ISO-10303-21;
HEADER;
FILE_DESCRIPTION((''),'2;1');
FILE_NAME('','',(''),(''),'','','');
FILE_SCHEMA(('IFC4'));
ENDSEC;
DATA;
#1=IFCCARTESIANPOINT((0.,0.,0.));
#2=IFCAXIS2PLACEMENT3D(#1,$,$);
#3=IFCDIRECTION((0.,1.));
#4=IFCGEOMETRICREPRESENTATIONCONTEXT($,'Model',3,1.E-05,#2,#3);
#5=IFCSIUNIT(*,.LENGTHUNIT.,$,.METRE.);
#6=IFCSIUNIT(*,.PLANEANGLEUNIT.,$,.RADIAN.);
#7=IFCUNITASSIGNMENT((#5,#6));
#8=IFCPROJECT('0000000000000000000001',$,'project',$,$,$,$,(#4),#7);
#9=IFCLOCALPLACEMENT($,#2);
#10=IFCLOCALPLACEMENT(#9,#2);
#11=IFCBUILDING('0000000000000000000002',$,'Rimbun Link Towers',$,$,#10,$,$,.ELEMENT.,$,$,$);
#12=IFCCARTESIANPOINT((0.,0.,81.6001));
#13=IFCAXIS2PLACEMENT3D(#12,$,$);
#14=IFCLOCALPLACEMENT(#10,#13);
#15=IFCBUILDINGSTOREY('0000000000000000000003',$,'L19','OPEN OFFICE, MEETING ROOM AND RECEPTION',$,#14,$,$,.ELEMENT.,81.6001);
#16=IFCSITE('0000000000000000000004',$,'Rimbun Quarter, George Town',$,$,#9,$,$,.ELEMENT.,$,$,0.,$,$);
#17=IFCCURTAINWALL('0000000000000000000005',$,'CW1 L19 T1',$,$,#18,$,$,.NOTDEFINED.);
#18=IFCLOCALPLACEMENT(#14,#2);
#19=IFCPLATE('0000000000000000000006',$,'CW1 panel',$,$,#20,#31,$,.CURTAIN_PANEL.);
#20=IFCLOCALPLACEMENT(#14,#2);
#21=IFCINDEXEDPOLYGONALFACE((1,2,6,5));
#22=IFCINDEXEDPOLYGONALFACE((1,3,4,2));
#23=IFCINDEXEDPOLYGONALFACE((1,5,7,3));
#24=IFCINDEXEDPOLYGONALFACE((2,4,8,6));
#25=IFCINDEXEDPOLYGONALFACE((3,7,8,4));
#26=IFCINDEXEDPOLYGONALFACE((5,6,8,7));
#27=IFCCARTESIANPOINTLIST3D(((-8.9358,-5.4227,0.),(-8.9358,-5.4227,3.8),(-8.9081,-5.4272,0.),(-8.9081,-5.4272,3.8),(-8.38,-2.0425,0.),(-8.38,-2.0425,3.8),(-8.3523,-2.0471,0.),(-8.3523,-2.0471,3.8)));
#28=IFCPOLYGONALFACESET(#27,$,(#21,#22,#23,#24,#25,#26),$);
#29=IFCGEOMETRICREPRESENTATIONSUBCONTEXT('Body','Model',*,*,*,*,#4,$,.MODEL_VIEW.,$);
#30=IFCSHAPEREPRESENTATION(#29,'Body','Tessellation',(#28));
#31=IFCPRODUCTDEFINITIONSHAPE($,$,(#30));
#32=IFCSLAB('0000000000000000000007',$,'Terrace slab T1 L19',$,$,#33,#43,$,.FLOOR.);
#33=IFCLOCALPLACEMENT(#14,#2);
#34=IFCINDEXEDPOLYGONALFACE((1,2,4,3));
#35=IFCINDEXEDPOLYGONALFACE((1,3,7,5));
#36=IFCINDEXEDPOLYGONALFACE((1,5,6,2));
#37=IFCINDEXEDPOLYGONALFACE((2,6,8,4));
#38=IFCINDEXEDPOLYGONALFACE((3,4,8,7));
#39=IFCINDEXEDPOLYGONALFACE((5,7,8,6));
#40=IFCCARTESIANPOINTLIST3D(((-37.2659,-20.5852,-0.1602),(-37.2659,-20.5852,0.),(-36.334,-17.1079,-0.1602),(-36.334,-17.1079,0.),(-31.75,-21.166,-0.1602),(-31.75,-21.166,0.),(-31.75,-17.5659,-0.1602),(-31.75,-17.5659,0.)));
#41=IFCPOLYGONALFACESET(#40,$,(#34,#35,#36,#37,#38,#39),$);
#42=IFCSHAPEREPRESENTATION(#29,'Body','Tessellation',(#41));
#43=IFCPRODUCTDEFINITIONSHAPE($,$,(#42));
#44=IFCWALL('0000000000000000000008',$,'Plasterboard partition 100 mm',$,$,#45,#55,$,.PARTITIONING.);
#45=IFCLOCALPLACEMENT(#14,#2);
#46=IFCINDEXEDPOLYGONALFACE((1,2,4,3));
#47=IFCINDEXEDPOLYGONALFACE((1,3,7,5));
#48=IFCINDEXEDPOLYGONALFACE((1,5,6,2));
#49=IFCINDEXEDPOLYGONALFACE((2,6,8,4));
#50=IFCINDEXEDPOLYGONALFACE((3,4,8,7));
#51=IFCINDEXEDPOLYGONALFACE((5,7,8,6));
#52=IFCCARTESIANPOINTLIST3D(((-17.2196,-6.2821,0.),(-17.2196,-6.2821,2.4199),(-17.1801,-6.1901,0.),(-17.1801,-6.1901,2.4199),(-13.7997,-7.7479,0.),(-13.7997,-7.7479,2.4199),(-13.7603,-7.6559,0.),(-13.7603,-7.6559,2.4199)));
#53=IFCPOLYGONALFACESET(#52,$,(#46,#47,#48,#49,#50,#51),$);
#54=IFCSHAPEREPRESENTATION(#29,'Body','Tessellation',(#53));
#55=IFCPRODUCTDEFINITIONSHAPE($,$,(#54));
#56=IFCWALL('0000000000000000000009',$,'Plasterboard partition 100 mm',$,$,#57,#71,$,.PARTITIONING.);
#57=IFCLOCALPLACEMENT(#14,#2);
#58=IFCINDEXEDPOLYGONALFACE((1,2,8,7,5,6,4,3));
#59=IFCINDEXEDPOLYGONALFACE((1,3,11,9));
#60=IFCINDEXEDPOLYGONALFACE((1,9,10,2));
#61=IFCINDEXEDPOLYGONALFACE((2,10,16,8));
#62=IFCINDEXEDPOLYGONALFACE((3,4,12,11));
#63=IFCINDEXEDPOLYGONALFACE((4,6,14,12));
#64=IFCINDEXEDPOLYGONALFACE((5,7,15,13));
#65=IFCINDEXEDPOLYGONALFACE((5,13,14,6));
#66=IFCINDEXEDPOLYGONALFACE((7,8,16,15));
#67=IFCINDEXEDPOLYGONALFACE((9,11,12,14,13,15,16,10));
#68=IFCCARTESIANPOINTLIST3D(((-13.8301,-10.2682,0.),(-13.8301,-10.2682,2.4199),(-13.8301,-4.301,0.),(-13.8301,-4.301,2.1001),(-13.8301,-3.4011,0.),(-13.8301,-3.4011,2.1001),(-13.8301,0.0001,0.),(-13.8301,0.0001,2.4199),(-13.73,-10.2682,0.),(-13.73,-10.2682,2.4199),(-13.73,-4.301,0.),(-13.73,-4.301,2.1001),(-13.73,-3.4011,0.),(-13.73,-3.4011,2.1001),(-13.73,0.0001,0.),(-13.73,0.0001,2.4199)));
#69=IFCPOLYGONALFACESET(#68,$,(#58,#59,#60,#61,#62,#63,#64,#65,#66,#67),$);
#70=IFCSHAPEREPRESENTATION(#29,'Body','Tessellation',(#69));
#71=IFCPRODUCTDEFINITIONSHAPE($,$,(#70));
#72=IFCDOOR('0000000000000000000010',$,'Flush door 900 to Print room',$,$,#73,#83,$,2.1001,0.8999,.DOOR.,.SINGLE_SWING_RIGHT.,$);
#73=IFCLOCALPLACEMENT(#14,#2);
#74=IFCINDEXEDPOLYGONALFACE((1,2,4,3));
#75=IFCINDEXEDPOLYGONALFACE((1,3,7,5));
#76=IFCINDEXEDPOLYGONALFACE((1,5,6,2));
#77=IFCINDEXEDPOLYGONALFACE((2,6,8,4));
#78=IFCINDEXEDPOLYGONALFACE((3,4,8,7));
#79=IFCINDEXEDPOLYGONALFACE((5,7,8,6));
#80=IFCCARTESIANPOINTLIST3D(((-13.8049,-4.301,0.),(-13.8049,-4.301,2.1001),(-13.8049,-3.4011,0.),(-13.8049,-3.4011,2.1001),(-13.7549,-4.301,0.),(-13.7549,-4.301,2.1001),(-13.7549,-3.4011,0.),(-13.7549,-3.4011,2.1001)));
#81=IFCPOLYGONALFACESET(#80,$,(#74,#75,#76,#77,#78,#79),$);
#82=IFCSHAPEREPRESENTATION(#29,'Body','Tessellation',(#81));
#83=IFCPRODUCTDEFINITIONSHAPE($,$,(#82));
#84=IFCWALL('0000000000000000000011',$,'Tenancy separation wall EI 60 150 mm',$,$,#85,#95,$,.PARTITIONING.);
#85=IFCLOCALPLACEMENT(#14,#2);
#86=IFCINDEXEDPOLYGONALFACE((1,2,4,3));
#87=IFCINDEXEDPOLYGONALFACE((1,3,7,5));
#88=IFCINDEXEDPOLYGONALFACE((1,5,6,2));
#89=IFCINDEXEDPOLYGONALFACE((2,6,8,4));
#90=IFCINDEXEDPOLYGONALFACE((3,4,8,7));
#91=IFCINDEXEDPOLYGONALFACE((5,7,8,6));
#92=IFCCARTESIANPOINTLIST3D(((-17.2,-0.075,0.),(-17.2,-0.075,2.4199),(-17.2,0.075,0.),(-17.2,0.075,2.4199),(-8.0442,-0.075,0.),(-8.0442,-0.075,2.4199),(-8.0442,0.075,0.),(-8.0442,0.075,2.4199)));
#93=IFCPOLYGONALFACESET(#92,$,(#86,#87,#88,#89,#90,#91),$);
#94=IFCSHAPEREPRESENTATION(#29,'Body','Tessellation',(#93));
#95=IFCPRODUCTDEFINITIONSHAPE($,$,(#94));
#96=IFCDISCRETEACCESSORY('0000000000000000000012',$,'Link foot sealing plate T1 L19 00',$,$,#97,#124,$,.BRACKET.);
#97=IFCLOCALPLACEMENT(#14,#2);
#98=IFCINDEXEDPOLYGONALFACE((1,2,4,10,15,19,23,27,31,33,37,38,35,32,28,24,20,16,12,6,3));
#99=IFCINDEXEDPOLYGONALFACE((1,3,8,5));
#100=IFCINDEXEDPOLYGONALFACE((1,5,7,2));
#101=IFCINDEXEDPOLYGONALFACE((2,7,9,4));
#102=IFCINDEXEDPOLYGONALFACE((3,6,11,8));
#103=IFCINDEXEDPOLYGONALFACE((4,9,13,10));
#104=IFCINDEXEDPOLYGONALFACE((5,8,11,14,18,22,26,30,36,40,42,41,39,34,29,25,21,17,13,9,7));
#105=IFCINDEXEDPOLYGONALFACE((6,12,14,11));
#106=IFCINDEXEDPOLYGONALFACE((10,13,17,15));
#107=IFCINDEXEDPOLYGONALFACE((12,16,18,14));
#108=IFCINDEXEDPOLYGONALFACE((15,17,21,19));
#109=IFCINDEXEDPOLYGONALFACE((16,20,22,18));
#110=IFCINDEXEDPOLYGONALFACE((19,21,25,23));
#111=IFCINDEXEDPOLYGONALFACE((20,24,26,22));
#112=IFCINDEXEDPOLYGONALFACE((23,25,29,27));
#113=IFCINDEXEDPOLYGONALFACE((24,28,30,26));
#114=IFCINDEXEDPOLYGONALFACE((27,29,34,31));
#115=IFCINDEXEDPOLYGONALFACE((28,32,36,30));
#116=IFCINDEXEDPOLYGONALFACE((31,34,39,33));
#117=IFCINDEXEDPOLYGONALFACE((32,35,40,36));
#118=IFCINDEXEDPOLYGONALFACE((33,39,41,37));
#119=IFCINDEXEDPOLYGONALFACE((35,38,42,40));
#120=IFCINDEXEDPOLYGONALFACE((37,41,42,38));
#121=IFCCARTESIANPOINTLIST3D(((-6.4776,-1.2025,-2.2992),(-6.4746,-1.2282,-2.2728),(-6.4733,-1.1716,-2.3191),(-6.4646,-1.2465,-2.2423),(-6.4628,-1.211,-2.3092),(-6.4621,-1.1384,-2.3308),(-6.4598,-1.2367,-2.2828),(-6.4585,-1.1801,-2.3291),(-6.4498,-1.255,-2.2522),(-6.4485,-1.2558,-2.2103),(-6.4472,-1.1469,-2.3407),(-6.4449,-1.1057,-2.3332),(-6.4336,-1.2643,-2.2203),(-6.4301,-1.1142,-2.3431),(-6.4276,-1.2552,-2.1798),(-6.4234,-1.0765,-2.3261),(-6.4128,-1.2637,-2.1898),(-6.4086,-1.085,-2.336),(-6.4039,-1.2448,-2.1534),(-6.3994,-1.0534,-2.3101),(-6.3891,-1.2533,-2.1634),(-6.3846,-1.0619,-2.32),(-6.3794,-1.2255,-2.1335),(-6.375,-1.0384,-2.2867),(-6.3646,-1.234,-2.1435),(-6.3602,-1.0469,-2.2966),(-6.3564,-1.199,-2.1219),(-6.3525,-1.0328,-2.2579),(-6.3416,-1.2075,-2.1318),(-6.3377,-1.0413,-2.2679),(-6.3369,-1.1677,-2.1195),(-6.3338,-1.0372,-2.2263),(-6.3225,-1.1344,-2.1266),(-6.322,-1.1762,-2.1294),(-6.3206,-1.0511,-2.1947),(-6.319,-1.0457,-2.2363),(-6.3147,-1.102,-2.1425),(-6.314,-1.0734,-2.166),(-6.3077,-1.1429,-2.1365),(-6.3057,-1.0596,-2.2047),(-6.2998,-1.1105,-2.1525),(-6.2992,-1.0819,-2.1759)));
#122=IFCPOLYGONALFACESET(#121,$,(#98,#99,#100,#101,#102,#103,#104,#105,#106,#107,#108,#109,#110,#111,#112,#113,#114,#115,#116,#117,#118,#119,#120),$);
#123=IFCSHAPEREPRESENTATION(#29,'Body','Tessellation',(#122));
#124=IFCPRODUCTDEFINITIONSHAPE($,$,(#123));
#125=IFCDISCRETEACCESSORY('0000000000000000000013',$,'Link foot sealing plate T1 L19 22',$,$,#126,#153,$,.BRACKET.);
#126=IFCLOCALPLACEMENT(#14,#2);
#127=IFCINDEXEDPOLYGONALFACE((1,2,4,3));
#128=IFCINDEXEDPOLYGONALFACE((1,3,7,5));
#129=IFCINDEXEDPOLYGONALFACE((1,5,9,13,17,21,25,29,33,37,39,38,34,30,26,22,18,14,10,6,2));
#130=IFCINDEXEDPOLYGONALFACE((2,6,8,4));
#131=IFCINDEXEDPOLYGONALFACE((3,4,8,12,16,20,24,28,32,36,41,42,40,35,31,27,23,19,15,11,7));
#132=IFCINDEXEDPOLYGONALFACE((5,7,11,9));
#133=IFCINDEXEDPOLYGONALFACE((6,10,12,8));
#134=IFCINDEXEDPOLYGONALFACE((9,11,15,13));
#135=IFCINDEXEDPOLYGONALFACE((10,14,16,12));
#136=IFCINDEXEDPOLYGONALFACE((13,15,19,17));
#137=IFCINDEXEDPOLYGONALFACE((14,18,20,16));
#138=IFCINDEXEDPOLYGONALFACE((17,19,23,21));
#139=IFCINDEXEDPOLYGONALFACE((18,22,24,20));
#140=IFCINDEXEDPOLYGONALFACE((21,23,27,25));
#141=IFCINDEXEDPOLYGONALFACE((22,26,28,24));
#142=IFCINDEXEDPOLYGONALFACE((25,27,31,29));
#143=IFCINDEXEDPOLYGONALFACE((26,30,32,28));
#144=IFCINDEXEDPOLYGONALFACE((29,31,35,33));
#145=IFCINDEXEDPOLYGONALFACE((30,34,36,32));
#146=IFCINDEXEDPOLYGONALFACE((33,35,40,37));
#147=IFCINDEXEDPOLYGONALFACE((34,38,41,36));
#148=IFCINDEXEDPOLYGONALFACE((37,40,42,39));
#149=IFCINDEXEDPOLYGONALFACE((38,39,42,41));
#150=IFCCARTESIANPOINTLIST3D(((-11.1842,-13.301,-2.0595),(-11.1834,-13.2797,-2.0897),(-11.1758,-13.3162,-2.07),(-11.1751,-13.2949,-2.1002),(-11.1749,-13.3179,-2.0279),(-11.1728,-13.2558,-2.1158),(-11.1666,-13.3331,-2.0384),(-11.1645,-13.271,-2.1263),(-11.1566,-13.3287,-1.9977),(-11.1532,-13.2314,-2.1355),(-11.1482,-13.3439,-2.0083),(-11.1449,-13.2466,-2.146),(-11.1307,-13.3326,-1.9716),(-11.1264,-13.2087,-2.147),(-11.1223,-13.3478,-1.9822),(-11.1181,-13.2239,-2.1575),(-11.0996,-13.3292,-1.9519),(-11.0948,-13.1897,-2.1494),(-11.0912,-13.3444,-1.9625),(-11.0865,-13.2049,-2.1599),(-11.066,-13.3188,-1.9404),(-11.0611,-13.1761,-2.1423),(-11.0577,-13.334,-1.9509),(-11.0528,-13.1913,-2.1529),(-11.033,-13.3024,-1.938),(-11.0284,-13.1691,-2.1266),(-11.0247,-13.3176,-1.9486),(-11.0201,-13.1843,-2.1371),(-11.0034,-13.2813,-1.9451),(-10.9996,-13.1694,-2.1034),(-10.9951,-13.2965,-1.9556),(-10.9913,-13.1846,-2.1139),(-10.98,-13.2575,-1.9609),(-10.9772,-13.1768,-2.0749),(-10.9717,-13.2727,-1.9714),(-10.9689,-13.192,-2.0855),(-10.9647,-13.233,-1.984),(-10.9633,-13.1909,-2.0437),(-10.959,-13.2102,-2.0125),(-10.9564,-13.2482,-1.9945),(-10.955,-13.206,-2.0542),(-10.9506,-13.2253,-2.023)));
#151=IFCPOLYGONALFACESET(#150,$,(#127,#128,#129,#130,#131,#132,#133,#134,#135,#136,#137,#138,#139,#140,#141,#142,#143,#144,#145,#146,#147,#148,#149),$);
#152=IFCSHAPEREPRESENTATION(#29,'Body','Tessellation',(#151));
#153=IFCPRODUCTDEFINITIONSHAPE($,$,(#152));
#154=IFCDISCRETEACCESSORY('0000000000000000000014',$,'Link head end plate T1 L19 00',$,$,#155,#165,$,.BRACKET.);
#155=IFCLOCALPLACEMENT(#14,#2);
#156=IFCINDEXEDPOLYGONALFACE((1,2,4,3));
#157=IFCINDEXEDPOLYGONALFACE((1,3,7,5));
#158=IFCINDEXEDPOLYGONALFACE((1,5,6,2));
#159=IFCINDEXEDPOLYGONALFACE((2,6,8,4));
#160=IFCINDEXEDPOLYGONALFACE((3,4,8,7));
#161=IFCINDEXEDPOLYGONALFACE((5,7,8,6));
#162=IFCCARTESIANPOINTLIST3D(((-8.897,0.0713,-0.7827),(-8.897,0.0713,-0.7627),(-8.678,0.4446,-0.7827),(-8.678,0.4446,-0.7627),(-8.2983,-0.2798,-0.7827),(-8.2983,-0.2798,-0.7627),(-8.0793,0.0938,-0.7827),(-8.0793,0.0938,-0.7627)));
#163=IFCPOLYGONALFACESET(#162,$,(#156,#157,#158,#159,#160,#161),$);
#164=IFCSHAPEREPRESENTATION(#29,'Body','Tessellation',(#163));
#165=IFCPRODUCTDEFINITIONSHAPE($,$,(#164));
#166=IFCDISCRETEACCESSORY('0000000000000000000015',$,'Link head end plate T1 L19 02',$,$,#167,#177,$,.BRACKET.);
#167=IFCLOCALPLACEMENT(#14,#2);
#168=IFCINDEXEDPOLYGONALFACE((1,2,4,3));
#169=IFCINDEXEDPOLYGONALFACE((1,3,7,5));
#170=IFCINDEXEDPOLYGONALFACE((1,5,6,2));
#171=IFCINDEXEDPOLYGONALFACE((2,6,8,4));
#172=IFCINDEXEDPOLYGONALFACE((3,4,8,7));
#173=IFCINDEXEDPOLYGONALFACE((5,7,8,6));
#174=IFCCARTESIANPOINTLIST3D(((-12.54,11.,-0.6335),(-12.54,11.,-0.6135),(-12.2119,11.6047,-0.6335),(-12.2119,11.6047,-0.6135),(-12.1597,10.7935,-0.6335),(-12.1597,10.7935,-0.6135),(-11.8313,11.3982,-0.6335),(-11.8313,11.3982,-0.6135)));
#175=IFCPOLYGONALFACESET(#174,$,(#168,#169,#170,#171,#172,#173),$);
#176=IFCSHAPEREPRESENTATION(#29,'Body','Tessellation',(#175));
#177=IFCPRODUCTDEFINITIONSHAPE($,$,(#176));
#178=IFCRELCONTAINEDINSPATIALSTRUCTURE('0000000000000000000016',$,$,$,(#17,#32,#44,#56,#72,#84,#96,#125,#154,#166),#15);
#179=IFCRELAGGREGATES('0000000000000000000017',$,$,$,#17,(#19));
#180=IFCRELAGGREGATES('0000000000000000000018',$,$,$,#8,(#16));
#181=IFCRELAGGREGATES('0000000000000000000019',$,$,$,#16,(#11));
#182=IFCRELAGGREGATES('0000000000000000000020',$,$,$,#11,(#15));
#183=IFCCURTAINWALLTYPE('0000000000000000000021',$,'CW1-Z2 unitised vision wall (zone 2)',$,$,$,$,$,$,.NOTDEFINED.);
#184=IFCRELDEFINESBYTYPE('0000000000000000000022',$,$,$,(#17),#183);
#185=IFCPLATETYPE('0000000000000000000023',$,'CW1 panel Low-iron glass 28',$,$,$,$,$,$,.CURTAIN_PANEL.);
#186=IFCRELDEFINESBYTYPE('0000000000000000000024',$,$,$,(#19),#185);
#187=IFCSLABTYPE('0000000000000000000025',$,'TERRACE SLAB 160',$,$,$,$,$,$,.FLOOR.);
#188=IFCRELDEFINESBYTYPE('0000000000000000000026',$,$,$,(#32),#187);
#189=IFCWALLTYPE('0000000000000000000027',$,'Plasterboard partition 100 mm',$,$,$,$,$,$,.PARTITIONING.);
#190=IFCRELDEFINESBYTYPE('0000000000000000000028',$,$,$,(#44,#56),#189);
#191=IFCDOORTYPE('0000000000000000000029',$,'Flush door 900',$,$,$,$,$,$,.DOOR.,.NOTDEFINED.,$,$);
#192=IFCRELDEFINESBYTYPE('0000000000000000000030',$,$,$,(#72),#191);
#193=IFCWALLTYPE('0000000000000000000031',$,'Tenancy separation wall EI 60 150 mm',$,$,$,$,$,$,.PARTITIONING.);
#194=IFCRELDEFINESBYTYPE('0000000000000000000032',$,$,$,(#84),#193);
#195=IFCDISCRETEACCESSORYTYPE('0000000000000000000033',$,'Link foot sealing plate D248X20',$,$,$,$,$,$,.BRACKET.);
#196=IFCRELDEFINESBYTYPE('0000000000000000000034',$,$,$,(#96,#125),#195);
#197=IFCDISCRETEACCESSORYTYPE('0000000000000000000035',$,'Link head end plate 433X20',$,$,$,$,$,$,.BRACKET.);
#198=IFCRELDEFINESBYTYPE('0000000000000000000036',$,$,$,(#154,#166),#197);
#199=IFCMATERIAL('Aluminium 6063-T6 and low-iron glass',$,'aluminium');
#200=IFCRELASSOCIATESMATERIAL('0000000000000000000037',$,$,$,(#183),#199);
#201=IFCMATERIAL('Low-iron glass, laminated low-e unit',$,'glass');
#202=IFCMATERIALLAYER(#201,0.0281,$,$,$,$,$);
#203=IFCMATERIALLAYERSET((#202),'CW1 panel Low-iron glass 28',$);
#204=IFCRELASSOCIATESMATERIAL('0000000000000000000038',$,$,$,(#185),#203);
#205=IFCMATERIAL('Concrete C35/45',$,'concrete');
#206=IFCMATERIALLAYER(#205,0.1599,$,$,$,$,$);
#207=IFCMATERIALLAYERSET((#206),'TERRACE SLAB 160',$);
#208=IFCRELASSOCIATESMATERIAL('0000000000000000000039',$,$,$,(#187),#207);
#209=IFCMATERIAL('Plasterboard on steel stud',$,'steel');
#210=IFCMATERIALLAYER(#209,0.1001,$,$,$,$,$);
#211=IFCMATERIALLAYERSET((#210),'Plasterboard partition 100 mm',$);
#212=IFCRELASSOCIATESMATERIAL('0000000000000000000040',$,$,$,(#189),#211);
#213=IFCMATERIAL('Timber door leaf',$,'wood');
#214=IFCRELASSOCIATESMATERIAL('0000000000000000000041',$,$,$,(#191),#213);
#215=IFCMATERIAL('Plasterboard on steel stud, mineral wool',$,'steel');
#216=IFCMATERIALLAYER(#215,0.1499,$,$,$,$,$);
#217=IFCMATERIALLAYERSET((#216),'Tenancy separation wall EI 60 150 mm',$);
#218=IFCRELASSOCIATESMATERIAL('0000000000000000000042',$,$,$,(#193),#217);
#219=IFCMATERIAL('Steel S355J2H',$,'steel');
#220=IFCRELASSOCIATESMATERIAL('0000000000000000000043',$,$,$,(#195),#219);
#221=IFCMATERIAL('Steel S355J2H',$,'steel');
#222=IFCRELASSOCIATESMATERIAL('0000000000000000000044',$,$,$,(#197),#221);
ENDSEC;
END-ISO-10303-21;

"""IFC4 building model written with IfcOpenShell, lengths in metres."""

from ifc_helpers import new_model, si_unit, direction, frame, frame_2d, origin, origin_2d, place, context, subcontext, project, spatial, polyline, rectangle, circle, outline, extrude, material, layer, layer_set, material_profile, profile_set, type_object, element, fill, aggregate, save


model = new_model("IFC4")

# Units and contexts
model_context = context("Model", 3, precision=1e-05, world=origin(), true_north=direction((0.0, 1.0)))
body_context = subcontext(model_context, "Body", "Model", "MODEL_VIEW")
ifc_project = project(units=[si_unit("LENGTHUNIT", "METRE"), si_unit("PLANEANGLEUNIT", "RADIAN")], contexts=[model_context])

# Site, building, storey
site_placement = place(None, origin())
site = spatial("IfcSite", under=ifc_project, at=site_placement, Name="Rimbun Quarter, George Town", CompositionType="ELEMENT", RefElevation=0.0)
building_placement = place(site_placement, origin())
building = spatial("IfcBuilding", under=site, at=building_placement, Name="Rimbun Link Towers", CompositionType="ELEMENT")
storey_placement = place(building_placement, frame((0.0, 0.0, 81.6001)))
storey = spatial("IfcBuildingStorey", under=building, at=storey_placement, Name="L19", Description="OPEN OFFICE, MEETING ROOM AND RECEPTION", CompositionType="ELEMENT", Elevation=81.6001)

# Curtain wall
ifc_material_1 = material(Name="Aluminium 6063-T6 and low-iron glass", Category="aluminium")
curtain_wall_type = type_object("IfcCurtainWallType", Name="CW1-Z2 unitised vision wall (zone 2)", PredefinedType="NOTDEFINED", material=ifc_material_1)
curtain_wall_placement = place(storey_placement, origin())
curtain_wall = element("IfcCurtainWall", 1, at=curtain_wall_placement, inside=storey, type_object=curtain_wall_type, Name="CW1 L19 T1", PredefinedType="NOTDEFINED")

# Plate
ifc_material_2 = material(Name="Low-iron glass, laminated low-e unit", Category="glass")
ifc_layer_1 = layer(ifc_material_2, 0.0281)
ifc_layer_set_1 = layer_set([ifc_layer_1], Name="CW1 panel Low-iron glass 28")
plate_type = type_object("IfcPlateType", Name="CW1 panel Low-iron glass 28", PredefinedType="CURTAIN_PANEL", material=ifc_layer_set_1)
plate_1_placement = place(storey_placement, frame((-8.644, -3.7349, 0.0), z_axis=(0.0, 0.0, 1.0), x_axis=(-0.162255, -0.986749, 0.0)))
plate_1 = element("IfcPlate", 2, at=plate_1_placement, type_object=plate_type, Name="CW1 panel", PredefinedType="CURTAIN_PANEL", context=body_context, shape_type="SweptSolid", body=[
    extrude(rectangle(XDim=3.4255, YDim=0.0281, at=origin_2d()), origin(), (0.0, 0.0, 1.0), 3.8),
])
aggregate(curtain_wall, [plate_1])

# Slab
ifc_material_3 = material(Name="Concrete C35/45", Category="concrete")
ifc_layer_2 = layer(ifc_material_3, 0.1599)
ifc_layer_set_2 = layer_set([ifc_layer_2], Name="TERRACE SLAB 160")
slab_type_1 = type_object("IfcSlabType", Name="TERRACE SLAB 160", PredefinedType="FLOOR", material=ifc_layer_set_2)
slab_1_placement = place(storey_placement, frame((0.0, 0.0, -0.1602)))
element("IfcSlab", 3, at=slab_1_placement, inside=storey, type_object=slab_type_1, Name="Terrace slab T1 L19", PredefinedType="FLOOR", context=body_context, shape_type="SweptSolid", body=[
    extrude(outline(polyline([(-36.334, -17.1079), (-31.75, -17.5659), (-31.75, -21.166), (-37.2659, -20.5852), (-36.334, -17.1079)])), origin(), (0.0, 0.0, 1.0), 0.1602),
])

# Wall
ifc_material_4 = material(Name="Plasterboard on steel stud", Category="steel")
ifc_layer_3 = layer(ifc_material_4, 0.1001)
ifc_layer_set_3 = layer_set([ifc_layer_3], Name="Plasterboard partition 100 mm")
wall_type_1 = type_object("IfcWallType", Name="Plasterboard partition 100 mm", PredefinedType="PARTITIONING", material=ifc_layer_set_3)
wall_1_placement = place(storey_placement, frame((-13.78, -7.7019, 0.0), z_axis=(0.0, 0.0, 1.0), x_axis=(-0.919131, 0.393951, 0.0)))
element("IfcWall", 4, at=wall_1_placement, inside=storey, type_object=wall_type_1, Name="Plasterboard partition 100 mm", PredefinedType="PARTITIONING", context=body_context, shape_type="SweptSolid", body=[
    extrude(rectangle(XDim=3.7207, YDim=0.1001, at=frame_2d((1.8604, 0.0))), origin(), (0.0, 0.0, 1.0), 2.4199),
])

# Wall, opening, door
wall_2_placement = place(storey_placement, frame((-13.78, -10.2683, 0.0), z_axis=(0.0, 0.0, 1.0), x_axis=(0.0, 1.0, 0.0)))
wall_2 = element("IfcWall", 5, at=wall_2_placement, inside=storey, type_object=wall_type_1, Name="Plasterboard partition 100 mm", PredefinedType="PARTITIONING", context=body_context, shape_type="SweptSolid", body=[
    extrude(rectangle(XDim=10.2683, YDim=0.1001, at=frame_2d((5.1343, 0.0))), origin(), (0.0, 0.0, 1.0), 2.4199),
])
opening_placement = place(wall_2_placement, frame((5.9673, 0.0, 0.0)))
opening = element("IfcOpeningElement", 6, at=opening_placement, cuts=wall_2, PredefinedType="OPENING", context=body_context, shape_type="SweptSolid", body=[
    extrude(rectangle(XDim=0.8999, YDim=2.1001, at=frame_2d((0.45, 1.05))), frame((0.0, 0.0601, 0.0), z_axis=(0.0, -1.0, 0.0), x_axis=(1.0, 0.0, 0.0)), (0.0, 0.0, 1.0), 0.1201),
])
ifc_material_5 = material(Name="Timber door leaf", Category="wood")
door_type = type_object("IfcDoorType", Name="Flush door 900", OperationType="NOTDEFINED", PredefinedType="DOOR", material=ifc_material_5)
door_placement = place(opening_placement, origin())
door = element("IfcDoor", 7, at=door_placement, inside=storey, type_object=door_type, Name="Flush door 900 to Print room", OperationType="SINGLE_SWING_RIGHT", OverallHeight=2.1001, OverallWidth=0.8999, PredefinedType="DOOR", context=body_context, shape_type="SweptSolid", body=[
    extrude(rectangle(XDim=0.8999, YDim=2.1001, at=frame_2d((0.45, 1.05))), frame((0.0, 0.0249, 0.0), z_axis=(0.0, -1.0, 0.0), x_axis=(1.0, 0.0, 0.0)), (0.0, 0.0, 1.0), 0.05),
])
fill(opening, door)

# Wall
ifc_material_6 = material(Name="Plasterboard on steel stud, mineral wool", Category="steel")
ifc_layer_4 = layer(ifc_material_6, 0.1499)
ifc_layer_set_4 = layer_set([ifc_layer_4], Name="Tenancy separation wall EI 60 150 mm")
wall_type_2 = type_object("IfcWallType", Name="Tenancy separation wall EI 60 150 mm", PredefinedType="PARTITIONING", material=ifc_layer_set_4)
wall_3_placement = place(storey_placement, frame((-17.2, 0.0, 0.0), z_axis=(0.0, 0.0, 1.0), x_axis=(1.0, 0.0, 0.0)))
element("IfcWall", 8, at=wall_3_placement, inside=storey, type_object=wall_type_2, Name="Tenancy separation wall EI 60 150 mm", PredefinedType="PARTITIONING", context=body_context, shape_type="SweptSolid", body=[
    extrude(rectangle(XDim=9.1558, YDim=0.1499, at=frame_2d((4.5779, 0.0))), origin(), (0.0, 0.0, 1.0), 2.4199),
])

# Discrete accessories
ifc_material_7 = material(Name="Steel S355J2H", Category="steel")
ifc_material_profile_1 = material_profile(ifc_material_7, circle(Radius=0.124, at=origin_2d()), Name="PL D248")
ifc_profile_set_1 = profile_set([ifc_material_profile_1], Name="Steel S355J2H")
discrete_accessory_type_1 = type_object("IfcDiscreteAccessoryType", Name="Link foot sealing plate D248X20", PredefinedType="BRACKET", material=ifc_profile_set_1)
discrete_accessory_1_placement = place(storey_placement, frame((-6.3955, -1.1448, -2.2263), z_axis=(0.749327, -0.429942, -0.503646), x_axis=(0.497669, 0.867367, 0.0)))
element("IfcDiscreteAccessory", 9, at=discrete_accessory_1_placement, inside=storey, type_object=discrete_accessory_type_1, Name="Link foot sealing plate T1 L19 00", PredefinedType="BRACKET", context=body_context, shape_type="SweptSolid", body=[
    extrude(circle(Radius=0.124, at=origin_2d()), origin(), (0.0, 0.0, 1.0), 0.0198),
])
discrete_accessory_2_placement = place(storey_placement, frame((-11.072, -13.2505, -2.0437), z_axis=(0.410833, -0.749166, -0.519583), x_axis=(0.876812, 0.480833, 0.0)))
element("IfcDiscreteAccessory", 10, at=discrete_accessory_2_placement, inside=storey, type_object=discrete_accessory_type_1, Name="Link foot sealing plate T1 L19 22", PredefinedType="BRACKET", context=body_context, shape_type="SweptSolid", body=[
    extrude(circle(Radius=0.124, at=origin_2d()), origin(), (0.0, 0.0, 1.0), 0.0203),
])
ifc_material_8 = material(Name="Steel S355J2H", Category="steel")
ifc_material_profile_2 = material_profile(ifc_material_8, rectangle(XDim=0.4331, YDim=0.4331, at=origin_2d()), Name="PL 433x433")
ifc_profile_set_2 = profile_set([ifc_material_profile_2], Name="Steel S355J2H")
discrete_accessory_type_2 = type_object("IfcDiscreteAccessoryType", Name="Link head end plate 433X20", PredefinedType="BRACKET", material=ifc_profile_set_2)
discrete_accessory_3_placement = place(storey_placement, frame((0.0, 0.0, -0.7827)))
element("IfcDiscreteAccessory", 11, at=discrete_accessory_3_placement, inside=storey, type_object=discrete_accessory_type_2, Name="Link head end plate T1 L19 00", PredefinedType="BRACKET", context=body_context, shape_type="SweptSolid", body=[
    extrude(outline(polyline([(-8.897, 0.0713), (-8.2983, -0.2798), (-8.0793, 0.0938), (-8.678, 0.4446), (-8.897, 0.0713)])), origin(), (0.0, 0.0, 1.0), 0.02),
])
discrete_accessory_4_placement = place(storey_placement, frame((0.0, 0.0, -0.6335)))
element("IfcDiscreteAccessory", 12, at=discrete_accessory_4_placement, inside=storey, type_object=discrete_accessory_type_2, Name="Link head end plate T1 L19 02", PredefinedType="BRACKET", context=body_context, shape_type="SweptSolid", body=[
    extrude(outline(polyline([(-12.1597, 10.7935), (-11.8313, 11.3982), (-12.2119, 11.6047), (-12.54, 11.0), (-12.1597, 10.7935)])), origin(), (0.0, 0.0, 1.0), 0.02),
])

save(model, "model.ifc")
